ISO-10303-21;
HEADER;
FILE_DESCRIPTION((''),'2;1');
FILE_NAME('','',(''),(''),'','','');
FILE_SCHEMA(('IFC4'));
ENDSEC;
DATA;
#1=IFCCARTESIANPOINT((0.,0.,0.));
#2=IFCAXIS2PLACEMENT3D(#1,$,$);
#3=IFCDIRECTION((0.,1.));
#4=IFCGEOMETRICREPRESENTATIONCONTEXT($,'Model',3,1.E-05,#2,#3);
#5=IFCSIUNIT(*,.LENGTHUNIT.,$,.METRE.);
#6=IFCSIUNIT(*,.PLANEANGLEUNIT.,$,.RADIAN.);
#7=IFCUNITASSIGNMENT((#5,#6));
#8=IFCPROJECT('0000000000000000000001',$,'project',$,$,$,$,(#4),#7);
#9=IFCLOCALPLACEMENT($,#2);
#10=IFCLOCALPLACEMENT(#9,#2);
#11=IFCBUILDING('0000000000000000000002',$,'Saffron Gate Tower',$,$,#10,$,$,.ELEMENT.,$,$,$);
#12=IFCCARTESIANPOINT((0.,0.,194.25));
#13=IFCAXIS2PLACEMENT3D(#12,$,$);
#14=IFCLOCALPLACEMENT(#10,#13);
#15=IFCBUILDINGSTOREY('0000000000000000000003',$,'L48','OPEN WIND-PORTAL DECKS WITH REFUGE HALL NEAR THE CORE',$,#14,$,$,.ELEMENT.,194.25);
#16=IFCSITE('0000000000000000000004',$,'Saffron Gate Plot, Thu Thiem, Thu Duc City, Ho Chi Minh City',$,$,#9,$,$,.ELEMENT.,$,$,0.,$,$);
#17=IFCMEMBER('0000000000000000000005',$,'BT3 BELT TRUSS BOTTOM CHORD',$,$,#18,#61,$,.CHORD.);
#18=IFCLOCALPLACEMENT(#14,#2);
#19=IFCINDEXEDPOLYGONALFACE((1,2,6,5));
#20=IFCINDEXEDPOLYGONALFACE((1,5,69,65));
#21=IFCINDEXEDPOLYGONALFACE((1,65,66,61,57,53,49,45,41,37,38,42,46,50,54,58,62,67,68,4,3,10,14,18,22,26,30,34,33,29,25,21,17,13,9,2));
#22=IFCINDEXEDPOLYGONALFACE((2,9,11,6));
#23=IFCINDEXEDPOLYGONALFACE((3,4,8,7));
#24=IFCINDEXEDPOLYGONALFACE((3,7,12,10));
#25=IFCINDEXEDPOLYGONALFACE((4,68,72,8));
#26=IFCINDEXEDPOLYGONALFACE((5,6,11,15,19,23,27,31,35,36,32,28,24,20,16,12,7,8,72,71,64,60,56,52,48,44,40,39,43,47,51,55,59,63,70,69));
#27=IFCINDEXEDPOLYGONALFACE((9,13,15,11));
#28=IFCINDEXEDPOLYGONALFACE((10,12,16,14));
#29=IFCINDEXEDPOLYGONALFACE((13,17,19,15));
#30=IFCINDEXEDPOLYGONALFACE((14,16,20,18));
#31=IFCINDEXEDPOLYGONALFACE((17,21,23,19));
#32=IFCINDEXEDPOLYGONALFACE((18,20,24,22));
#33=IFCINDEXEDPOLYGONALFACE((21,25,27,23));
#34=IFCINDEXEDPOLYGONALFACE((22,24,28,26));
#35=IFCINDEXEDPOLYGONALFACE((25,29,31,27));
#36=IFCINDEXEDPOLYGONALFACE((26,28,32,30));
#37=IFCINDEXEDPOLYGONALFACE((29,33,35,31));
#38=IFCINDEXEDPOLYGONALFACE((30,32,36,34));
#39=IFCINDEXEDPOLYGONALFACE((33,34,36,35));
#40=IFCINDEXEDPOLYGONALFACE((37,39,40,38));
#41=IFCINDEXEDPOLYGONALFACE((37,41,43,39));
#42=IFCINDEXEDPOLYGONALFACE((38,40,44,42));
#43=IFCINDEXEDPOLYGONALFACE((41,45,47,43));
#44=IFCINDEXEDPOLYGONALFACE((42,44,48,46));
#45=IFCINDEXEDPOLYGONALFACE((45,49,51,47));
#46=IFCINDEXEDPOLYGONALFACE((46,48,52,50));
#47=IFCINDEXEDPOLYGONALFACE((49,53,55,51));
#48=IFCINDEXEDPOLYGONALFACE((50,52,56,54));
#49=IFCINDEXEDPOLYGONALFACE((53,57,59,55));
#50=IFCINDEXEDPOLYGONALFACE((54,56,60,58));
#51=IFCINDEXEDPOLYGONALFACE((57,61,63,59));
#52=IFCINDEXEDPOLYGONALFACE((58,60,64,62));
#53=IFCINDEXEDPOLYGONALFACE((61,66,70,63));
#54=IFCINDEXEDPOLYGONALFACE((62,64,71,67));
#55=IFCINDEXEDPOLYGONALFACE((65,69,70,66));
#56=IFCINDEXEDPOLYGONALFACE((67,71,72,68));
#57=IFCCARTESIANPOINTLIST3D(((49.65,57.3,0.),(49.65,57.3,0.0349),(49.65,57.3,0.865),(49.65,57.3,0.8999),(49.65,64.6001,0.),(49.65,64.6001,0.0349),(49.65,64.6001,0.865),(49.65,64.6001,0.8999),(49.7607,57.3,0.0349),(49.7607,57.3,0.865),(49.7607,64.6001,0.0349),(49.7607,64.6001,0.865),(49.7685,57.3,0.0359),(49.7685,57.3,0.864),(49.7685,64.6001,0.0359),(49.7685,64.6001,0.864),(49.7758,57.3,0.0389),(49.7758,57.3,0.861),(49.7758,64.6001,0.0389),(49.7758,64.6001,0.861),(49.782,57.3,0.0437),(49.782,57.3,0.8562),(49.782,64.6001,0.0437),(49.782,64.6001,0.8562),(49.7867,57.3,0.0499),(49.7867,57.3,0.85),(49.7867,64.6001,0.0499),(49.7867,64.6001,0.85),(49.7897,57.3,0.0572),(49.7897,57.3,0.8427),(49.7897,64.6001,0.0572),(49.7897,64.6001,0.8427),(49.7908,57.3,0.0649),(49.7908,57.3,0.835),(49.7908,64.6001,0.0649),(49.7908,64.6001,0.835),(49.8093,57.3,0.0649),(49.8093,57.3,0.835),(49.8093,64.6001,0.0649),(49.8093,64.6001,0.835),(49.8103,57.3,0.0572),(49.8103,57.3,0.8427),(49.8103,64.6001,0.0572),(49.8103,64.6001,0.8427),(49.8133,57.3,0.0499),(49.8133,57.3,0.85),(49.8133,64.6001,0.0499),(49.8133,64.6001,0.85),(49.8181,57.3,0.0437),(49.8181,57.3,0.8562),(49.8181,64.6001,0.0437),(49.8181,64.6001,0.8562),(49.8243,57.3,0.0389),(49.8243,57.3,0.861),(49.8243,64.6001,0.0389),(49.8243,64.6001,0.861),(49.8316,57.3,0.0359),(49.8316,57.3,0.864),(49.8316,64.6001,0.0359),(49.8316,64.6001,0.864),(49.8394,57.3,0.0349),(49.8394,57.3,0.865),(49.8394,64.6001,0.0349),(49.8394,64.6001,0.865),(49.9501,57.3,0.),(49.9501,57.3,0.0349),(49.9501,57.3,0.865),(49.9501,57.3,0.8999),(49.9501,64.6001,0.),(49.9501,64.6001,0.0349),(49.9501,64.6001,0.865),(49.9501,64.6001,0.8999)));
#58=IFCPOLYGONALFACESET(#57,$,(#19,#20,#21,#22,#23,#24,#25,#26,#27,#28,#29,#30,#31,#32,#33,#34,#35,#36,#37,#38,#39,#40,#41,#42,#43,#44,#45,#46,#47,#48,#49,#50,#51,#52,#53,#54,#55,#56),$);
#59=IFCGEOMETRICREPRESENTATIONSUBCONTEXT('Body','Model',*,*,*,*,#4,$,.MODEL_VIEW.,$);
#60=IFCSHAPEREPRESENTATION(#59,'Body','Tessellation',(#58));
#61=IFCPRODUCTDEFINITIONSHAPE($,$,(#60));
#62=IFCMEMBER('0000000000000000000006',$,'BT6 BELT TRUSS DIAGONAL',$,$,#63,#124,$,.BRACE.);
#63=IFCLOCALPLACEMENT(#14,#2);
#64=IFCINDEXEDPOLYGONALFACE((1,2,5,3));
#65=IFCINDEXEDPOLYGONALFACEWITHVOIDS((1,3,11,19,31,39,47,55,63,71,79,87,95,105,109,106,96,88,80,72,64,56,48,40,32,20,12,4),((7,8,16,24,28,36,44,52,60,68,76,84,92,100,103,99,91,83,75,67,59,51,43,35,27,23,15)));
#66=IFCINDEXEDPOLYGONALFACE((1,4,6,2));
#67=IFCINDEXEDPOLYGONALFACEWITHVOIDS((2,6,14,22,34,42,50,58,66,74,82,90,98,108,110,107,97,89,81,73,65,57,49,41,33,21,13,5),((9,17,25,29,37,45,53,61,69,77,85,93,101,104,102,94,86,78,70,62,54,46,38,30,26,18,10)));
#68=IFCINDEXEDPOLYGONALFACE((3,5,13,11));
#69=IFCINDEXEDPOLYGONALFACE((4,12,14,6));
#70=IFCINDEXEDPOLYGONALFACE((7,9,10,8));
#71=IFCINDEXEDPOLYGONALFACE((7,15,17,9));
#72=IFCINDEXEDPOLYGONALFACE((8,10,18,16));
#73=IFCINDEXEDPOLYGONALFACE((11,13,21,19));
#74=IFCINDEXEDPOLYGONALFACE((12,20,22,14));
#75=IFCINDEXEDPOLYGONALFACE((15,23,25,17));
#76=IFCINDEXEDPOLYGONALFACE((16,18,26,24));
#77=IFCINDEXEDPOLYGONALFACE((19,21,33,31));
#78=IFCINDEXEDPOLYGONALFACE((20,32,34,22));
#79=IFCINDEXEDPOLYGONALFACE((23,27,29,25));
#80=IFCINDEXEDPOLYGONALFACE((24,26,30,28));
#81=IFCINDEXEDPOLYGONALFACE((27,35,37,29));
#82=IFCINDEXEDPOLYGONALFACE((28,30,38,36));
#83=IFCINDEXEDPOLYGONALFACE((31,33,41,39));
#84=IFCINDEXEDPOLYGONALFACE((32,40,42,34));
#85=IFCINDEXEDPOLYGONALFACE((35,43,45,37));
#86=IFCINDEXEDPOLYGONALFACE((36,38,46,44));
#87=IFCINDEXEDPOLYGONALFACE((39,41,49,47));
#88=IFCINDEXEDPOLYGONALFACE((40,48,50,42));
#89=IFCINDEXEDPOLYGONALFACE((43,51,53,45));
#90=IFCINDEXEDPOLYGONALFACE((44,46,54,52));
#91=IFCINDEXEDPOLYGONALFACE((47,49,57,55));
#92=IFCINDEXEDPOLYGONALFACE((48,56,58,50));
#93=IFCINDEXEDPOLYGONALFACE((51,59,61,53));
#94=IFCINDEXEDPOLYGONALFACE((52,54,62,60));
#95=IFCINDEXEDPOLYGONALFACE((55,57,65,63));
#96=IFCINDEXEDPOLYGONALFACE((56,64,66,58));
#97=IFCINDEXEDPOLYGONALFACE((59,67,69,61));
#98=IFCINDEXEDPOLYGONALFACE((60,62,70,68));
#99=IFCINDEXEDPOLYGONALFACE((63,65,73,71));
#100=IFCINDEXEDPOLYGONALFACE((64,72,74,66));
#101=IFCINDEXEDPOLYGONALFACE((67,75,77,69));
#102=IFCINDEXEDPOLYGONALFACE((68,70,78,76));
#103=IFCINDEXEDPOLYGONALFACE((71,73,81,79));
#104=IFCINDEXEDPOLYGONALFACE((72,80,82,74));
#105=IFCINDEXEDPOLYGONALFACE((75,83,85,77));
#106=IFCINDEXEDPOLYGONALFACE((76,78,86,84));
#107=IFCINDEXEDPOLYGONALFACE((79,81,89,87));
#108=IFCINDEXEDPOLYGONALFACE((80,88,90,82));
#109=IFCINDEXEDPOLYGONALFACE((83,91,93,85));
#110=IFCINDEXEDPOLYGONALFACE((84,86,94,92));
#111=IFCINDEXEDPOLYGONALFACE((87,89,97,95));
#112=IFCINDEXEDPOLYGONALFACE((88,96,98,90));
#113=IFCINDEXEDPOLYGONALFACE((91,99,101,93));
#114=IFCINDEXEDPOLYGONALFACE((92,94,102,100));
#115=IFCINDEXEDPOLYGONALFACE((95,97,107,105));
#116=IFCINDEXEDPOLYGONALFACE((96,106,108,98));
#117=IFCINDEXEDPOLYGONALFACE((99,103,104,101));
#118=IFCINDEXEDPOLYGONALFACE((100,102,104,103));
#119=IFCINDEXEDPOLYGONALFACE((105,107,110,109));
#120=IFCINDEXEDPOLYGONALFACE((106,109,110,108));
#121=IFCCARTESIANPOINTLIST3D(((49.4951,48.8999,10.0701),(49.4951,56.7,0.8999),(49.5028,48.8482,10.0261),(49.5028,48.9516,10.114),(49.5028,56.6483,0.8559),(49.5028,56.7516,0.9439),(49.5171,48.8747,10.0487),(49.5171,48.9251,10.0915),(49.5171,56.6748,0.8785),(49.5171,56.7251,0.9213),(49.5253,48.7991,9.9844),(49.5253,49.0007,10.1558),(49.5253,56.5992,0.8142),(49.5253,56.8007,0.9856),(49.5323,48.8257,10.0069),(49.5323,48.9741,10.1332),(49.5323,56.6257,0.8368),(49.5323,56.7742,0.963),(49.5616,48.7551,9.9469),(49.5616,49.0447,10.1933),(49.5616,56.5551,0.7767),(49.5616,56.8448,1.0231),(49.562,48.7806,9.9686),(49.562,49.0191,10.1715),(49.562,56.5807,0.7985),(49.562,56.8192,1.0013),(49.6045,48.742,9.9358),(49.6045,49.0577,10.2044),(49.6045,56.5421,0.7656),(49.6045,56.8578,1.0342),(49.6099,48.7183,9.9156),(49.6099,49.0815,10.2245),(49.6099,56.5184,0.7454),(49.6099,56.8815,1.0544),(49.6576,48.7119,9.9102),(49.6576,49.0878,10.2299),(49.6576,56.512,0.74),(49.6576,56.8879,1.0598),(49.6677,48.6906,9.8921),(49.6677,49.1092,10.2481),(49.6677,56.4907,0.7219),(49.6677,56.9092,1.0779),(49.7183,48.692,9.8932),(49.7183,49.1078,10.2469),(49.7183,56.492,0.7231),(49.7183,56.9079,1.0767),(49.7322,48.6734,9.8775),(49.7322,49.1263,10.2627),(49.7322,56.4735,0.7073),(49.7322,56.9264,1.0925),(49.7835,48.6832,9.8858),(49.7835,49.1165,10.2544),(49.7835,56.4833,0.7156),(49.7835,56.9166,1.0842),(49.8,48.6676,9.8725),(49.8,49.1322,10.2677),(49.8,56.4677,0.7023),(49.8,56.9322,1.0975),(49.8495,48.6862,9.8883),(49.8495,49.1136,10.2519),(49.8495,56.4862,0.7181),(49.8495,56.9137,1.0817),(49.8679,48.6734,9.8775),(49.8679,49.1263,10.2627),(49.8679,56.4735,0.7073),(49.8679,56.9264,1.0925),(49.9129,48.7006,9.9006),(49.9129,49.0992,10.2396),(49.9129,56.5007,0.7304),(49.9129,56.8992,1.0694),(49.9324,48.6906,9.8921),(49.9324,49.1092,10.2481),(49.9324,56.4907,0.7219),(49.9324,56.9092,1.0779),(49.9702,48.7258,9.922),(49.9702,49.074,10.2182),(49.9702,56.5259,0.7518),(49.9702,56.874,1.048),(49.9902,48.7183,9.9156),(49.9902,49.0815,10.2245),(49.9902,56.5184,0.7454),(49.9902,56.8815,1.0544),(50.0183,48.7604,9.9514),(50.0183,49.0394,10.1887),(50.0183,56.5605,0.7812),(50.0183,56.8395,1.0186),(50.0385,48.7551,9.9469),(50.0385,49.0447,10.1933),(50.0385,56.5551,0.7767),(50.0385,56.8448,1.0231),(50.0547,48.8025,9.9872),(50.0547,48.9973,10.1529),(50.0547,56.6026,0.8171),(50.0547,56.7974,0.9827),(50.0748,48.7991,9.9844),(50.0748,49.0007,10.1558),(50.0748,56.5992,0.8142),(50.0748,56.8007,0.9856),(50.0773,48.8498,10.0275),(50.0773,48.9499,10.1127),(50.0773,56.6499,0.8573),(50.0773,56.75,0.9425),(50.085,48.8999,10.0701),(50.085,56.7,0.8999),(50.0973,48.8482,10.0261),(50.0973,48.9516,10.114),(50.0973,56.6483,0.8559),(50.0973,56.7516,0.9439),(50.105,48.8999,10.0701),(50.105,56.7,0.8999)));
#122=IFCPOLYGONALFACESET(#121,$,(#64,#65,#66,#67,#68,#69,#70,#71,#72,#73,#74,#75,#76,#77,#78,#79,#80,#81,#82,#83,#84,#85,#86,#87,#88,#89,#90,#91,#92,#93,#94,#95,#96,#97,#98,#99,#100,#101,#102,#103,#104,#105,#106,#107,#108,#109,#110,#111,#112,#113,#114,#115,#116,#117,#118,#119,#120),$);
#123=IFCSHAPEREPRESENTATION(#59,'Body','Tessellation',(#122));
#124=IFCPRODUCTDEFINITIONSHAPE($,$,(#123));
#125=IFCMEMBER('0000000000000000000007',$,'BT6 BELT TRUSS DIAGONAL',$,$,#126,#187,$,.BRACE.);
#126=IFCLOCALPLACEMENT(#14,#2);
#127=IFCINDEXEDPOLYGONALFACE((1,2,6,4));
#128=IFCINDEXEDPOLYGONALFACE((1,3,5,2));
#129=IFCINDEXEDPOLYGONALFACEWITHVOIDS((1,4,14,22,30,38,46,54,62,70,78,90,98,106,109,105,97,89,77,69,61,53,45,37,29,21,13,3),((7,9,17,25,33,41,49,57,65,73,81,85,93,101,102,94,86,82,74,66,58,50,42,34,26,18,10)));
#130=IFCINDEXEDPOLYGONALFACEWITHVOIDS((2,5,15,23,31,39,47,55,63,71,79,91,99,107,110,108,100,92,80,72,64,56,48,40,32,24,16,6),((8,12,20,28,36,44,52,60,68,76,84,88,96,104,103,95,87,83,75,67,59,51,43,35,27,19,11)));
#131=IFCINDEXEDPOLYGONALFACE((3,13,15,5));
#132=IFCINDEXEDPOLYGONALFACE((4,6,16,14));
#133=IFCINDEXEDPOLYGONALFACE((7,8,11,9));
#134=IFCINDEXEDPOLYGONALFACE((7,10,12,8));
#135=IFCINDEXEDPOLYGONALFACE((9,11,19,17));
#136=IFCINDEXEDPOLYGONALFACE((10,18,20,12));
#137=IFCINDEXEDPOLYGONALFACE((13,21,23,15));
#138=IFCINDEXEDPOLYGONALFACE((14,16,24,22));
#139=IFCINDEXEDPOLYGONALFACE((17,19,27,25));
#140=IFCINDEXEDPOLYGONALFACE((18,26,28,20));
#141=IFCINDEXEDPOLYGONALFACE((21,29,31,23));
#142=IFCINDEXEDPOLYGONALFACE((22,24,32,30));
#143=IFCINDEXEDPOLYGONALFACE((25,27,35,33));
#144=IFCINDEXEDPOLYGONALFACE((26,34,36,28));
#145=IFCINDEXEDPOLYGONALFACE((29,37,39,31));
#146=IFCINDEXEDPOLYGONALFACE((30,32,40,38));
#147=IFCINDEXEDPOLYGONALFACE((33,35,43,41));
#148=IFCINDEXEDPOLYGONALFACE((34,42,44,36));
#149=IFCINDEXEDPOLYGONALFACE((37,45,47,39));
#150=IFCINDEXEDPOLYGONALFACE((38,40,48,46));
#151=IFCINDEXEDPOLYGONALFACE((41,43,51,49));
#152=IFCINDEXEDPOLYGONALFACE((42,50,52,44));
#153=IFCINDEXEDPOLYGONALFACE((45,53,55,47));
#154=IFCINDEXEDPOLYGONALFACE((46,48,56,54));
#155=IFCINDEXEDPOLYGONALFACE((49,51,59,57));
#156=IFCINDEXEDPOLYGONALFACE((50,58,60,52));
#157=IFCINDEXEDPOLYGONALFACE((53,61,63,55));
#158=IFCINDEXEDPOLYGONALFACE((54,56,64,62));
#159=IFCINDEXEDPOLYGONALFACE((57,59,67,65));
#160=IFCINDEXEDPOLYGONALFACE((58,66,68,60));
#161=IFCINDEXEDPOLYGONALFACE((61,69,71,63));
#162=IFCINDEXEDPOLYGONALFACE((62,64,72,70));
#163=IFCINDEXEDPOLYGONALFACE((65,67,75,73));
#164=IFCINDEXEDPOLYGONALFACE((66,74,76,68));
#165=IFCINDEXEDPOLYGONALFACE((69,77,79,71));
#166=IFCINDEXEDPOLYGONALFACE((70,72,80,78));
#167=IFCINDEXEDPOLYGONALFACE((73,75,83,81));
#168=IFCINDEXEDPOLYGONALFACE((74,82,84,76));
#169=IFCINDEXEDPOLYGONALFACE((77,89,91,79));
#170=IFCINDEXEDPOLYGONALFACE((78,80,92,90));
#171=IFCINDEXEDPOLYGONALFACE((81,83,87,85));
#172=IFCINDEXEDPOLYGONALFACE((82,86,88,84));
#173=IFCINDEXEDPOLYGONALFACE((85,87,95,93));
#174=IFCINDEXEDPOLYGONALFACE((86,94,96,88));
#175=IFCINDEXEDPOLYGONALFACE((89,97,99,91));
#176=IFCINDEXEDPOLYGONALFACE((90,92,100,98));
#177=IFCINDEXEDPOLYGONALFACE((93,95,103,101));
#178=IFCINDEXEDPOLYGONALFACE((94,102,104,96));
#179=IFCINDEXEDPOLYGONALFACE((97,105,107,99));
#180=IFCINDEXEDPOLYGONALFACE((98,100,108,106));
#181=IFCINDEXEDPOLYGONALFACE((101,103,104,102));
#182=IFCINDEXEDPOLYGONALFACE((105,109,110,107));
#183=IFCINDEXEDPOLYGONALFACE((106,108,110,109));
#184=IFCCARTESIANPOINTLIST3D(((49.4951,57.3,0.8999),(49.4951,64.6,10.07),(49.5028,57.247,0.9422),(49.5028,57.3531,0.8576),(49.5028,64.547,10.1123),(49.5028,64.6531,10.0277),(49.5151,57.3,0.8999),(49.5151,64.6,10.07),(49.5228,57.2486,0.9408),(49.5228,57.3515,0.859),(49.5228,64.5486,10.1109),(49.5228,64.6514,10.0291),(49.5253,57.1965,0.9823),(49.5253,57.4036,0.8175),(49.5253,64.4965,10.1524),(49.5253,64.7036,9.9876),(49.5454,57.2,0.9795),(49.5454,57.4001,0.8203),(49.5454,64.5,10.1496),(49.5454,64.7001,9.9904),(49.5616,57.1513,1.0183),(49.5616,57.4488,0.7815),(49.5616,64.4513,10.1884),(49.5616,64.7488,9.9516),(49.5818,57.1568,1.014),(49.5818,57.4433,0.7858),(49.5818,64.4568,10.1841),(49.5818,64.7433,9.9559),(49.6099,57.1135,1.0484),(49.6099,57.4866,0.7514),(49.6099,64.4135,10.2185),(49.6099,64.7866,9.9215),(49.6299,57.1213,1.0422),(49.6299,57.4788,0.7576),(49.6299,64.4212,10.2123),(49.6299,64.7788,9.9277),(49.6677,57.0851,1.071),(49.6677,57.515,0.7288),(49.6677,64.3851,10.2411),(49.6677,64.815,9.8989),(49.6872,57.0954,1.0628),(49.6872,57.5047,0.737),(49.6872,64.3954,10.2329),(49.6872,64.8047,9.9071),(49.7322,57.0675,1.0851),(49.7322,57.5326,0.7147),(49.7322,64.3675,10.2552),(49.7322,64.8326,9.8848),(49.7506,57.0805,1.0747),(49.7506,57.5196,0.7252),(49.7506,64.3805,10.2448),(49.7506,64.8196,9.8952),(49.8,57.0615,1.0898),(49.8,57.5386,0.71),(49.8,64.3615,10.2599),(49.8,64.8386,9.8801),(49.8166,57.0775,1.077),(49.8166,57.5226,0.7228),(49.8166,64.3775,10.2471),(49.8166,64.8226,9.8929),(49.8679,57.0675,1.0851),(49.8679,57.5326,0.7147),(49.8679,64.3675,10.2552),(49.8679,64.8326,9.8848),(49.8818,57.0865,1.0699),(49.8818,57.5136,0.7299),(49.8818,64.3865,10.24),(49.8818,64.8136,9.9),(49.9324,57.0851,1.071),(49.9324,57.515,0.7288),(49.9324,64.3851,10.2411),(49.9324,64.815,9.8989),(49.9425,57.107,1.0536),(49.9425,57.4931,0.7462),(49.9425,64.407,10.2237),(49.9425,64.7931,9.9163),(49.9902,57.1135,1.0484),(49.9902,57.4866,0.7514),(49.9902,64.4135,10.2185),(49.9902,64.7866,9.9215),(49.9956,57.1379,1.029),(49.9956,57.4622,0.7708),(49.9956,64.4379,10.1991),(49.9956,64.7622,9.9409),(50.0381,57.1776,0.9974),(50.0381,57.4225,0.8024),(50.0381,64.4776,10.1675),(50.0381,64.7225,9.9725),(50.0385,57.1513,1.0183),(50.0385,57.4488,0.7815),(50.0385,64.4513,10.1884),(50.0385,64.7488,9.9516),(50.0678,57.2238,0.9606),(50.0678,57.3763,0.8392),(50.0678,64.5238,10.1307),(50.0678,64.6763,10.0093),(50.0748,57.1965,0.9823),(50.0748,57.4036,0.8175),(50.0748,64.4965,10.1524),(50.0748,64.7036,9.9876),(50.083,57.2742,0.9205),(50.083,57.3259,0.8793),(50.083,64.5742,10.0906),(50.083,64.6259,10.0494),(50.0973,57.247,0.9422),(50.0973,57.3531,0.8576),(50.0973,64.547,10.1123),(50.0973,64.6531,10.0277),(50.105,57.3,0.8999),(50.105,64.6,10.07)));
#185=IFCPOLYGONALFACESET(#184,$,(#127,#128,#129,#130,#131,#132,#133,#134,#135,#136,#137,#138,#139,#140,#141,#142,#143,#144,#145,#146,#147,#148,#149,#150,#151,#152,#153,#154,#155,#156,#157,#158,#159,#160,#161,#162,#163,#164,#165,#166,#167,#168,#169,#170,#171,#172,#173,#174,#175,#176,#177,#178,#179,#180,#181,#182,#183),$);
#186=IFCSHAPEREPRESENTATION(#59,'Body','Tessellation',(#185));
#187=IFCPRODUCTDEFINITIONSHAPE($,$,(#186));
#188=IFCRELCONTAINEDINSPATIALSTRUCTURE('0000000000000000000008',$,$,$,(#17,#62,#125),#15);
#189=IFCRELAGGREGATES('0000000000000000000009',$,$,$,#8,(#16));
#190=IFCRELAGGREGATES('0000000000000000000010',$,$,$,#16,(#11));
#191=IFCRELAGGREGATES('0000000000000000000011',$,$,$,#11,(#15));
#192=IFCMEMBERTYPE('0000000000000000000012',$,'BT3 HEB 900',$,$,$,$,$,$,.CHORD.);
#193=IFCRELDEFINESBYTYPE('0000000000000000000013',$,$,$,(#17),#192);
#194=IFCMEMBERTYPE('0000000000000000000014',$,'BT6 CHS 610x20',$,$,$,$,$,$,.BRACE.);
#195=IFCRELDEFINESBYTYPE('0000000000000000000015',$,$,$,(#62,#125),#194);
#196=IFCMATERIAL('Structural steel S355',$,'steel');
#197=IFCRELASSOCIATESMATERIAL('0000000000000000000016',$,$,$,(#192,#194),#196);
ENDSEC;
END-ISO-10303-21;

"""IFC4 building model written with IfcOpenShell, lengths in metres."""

from ifc_helpers import new_model, si_unit, direction, frame, origin, origin_2d, place, context, subcontext, project, spatial, hollow_circle, i_section, extrude, material, material_profile, profile_set, type_object, element, save


model = new_model("IFC4")

# Units and contexts
model_context = context("Model", 3, precision=1e-05, world=origin(), true_north=direction((0.0, 1.0)))
body_context = subcontext(model_context, "Body", "Model", "MODEL_VIEW")
ifc_project = project(units=[si_unit("LENGTHUNIT", "METRE"), si_unit("PLANEANGLEUNIT", "RADIAN")], contexts=[model_context])

# Site, building, storey
site_placement = place(None, origin())
site = spatial("IfcSite", under=ifc_project, at=site_placement, Name="Saffron Gate Plot, Thu Thiem, Thu Duc City, Ho Chi Minh City", CompositionType="ELEMENT", RefElevation=0.0)
building_placement = place(site_placement, origin())
building = spatial("IfcBuilding", under=site, at=building_placement, Name="Saffron Gate Tower", CompositionType="ELEMENT")
storey_placement = place(building_placement, frame((0.0, 0.0, 194.25)))
storey = spatial("IfcBuildingStorey", under=building, at=storey_placement, Name="L48", Description="OPEN WIND-PORTAL DECKS WITH REFUGE HALL NEAR THE CORE", CompositionType="ELEMENT", Elevation=194.25)

# Shared definitions
ifc_material_1 = material(Name="Structural steel S355", Category="steel")

# Members
ifc_material_profile_1 = material_profile(ifc_material_1, i_section(OverallWidth=0.3, OverallDepth=0.8999, WebThickness=0.0186, FlangeThickness=0.0349, FilletRadius=0.03, at=origin_2d()))
ifc_profile_set_1 = profile_set([ifc_material_profile_1], Name="Structural steel S355")
member_type_1 = type_object("IfcMemberType", Name="BT3 HEB 900", PredefinedType="CHORD", material=ifc_profile_set_1)
for number, where, z_axis, x_axis, name in (
    (1, (49.8, 57.3, 0.45), (0.0, 1.0, 0.0), (-1.0, 0.0, 0.0), "BT3 BELT TRUSS BOTTOM CHORD"),
):
    element("IfcMember", number, at=place(storey_placement, frame(where, z_axis=z_axis, x_axis=x_axis)), inside=storey, type_object=member_type_1, Name=name, PredefinedType="CHORD", context=body_context, shape_type="SweptSolid", body=[
        extrude(i_section(OverallWidth=0.3, OverallDepth=0.8999, WebThickness=0.0186, FlangeThickness=0.0349, FilletRadius=0.03, at=origin_2d()), origin(), (0.0, 0.0, 1.0), 7.3),
    ])
ifc_material_profile_2 = material_profile(ifc_material_1, hollow_circle(Radius=0.3049, WallThickness=0.02, at=origin_2d()))
ifc_profile_set_2 = profile_set([ifc_material_profile_2], Name="Structural steel S355")
member_type_2 = type_object("IfcMemberType", Name="BT6 CHS 610x20", PredefinedType="BRACE", material=ifc_profile_set_2)
member_1_placement = place(storey_placement, frame((49.8, 56.7, 0.8999), z_axis=(0.0, -0.647909, 0.761718), x_axis=(1.0, 0.0, 0.0)))
element("IfcMember", 2, at=member_1_placement, inside=storey, type_object=member_type_2, Name="BT6 BELT TRUSS DIAGONAL", PredefinedType="BRACE", context=body_context, shape_type="SweptSolid", body=[
    extrude(hollow_circle(Radius=0.3049, WallThickness=0.02, at=origin_2d()), origin(), (0.0, 0.0, 1.0), 12.0388),
])
member_2_placement = place(storey_placement, frame((49.8, 57.3, 0.8999), z_axis=(0.0, 0.622816, 0.782368), x_axis=(-1.0, 0.0, 0.0)))
element("IfcMember", 3, at=member_2_placement, inside=storey, type_object=member_type_2, Name="BT6 BELT TRUSS DIAGONAL", PredefinedType="BRACE", context=body_context, shape_type="SweptSolid", body=[
    extrude(hollow_circle(Radius=0.3049, WallThickness=0.02, at=origin_2d()), origin(), (0.0, 0.0, 1.0), 11.7209),
])

save(model, "model.ifc")
